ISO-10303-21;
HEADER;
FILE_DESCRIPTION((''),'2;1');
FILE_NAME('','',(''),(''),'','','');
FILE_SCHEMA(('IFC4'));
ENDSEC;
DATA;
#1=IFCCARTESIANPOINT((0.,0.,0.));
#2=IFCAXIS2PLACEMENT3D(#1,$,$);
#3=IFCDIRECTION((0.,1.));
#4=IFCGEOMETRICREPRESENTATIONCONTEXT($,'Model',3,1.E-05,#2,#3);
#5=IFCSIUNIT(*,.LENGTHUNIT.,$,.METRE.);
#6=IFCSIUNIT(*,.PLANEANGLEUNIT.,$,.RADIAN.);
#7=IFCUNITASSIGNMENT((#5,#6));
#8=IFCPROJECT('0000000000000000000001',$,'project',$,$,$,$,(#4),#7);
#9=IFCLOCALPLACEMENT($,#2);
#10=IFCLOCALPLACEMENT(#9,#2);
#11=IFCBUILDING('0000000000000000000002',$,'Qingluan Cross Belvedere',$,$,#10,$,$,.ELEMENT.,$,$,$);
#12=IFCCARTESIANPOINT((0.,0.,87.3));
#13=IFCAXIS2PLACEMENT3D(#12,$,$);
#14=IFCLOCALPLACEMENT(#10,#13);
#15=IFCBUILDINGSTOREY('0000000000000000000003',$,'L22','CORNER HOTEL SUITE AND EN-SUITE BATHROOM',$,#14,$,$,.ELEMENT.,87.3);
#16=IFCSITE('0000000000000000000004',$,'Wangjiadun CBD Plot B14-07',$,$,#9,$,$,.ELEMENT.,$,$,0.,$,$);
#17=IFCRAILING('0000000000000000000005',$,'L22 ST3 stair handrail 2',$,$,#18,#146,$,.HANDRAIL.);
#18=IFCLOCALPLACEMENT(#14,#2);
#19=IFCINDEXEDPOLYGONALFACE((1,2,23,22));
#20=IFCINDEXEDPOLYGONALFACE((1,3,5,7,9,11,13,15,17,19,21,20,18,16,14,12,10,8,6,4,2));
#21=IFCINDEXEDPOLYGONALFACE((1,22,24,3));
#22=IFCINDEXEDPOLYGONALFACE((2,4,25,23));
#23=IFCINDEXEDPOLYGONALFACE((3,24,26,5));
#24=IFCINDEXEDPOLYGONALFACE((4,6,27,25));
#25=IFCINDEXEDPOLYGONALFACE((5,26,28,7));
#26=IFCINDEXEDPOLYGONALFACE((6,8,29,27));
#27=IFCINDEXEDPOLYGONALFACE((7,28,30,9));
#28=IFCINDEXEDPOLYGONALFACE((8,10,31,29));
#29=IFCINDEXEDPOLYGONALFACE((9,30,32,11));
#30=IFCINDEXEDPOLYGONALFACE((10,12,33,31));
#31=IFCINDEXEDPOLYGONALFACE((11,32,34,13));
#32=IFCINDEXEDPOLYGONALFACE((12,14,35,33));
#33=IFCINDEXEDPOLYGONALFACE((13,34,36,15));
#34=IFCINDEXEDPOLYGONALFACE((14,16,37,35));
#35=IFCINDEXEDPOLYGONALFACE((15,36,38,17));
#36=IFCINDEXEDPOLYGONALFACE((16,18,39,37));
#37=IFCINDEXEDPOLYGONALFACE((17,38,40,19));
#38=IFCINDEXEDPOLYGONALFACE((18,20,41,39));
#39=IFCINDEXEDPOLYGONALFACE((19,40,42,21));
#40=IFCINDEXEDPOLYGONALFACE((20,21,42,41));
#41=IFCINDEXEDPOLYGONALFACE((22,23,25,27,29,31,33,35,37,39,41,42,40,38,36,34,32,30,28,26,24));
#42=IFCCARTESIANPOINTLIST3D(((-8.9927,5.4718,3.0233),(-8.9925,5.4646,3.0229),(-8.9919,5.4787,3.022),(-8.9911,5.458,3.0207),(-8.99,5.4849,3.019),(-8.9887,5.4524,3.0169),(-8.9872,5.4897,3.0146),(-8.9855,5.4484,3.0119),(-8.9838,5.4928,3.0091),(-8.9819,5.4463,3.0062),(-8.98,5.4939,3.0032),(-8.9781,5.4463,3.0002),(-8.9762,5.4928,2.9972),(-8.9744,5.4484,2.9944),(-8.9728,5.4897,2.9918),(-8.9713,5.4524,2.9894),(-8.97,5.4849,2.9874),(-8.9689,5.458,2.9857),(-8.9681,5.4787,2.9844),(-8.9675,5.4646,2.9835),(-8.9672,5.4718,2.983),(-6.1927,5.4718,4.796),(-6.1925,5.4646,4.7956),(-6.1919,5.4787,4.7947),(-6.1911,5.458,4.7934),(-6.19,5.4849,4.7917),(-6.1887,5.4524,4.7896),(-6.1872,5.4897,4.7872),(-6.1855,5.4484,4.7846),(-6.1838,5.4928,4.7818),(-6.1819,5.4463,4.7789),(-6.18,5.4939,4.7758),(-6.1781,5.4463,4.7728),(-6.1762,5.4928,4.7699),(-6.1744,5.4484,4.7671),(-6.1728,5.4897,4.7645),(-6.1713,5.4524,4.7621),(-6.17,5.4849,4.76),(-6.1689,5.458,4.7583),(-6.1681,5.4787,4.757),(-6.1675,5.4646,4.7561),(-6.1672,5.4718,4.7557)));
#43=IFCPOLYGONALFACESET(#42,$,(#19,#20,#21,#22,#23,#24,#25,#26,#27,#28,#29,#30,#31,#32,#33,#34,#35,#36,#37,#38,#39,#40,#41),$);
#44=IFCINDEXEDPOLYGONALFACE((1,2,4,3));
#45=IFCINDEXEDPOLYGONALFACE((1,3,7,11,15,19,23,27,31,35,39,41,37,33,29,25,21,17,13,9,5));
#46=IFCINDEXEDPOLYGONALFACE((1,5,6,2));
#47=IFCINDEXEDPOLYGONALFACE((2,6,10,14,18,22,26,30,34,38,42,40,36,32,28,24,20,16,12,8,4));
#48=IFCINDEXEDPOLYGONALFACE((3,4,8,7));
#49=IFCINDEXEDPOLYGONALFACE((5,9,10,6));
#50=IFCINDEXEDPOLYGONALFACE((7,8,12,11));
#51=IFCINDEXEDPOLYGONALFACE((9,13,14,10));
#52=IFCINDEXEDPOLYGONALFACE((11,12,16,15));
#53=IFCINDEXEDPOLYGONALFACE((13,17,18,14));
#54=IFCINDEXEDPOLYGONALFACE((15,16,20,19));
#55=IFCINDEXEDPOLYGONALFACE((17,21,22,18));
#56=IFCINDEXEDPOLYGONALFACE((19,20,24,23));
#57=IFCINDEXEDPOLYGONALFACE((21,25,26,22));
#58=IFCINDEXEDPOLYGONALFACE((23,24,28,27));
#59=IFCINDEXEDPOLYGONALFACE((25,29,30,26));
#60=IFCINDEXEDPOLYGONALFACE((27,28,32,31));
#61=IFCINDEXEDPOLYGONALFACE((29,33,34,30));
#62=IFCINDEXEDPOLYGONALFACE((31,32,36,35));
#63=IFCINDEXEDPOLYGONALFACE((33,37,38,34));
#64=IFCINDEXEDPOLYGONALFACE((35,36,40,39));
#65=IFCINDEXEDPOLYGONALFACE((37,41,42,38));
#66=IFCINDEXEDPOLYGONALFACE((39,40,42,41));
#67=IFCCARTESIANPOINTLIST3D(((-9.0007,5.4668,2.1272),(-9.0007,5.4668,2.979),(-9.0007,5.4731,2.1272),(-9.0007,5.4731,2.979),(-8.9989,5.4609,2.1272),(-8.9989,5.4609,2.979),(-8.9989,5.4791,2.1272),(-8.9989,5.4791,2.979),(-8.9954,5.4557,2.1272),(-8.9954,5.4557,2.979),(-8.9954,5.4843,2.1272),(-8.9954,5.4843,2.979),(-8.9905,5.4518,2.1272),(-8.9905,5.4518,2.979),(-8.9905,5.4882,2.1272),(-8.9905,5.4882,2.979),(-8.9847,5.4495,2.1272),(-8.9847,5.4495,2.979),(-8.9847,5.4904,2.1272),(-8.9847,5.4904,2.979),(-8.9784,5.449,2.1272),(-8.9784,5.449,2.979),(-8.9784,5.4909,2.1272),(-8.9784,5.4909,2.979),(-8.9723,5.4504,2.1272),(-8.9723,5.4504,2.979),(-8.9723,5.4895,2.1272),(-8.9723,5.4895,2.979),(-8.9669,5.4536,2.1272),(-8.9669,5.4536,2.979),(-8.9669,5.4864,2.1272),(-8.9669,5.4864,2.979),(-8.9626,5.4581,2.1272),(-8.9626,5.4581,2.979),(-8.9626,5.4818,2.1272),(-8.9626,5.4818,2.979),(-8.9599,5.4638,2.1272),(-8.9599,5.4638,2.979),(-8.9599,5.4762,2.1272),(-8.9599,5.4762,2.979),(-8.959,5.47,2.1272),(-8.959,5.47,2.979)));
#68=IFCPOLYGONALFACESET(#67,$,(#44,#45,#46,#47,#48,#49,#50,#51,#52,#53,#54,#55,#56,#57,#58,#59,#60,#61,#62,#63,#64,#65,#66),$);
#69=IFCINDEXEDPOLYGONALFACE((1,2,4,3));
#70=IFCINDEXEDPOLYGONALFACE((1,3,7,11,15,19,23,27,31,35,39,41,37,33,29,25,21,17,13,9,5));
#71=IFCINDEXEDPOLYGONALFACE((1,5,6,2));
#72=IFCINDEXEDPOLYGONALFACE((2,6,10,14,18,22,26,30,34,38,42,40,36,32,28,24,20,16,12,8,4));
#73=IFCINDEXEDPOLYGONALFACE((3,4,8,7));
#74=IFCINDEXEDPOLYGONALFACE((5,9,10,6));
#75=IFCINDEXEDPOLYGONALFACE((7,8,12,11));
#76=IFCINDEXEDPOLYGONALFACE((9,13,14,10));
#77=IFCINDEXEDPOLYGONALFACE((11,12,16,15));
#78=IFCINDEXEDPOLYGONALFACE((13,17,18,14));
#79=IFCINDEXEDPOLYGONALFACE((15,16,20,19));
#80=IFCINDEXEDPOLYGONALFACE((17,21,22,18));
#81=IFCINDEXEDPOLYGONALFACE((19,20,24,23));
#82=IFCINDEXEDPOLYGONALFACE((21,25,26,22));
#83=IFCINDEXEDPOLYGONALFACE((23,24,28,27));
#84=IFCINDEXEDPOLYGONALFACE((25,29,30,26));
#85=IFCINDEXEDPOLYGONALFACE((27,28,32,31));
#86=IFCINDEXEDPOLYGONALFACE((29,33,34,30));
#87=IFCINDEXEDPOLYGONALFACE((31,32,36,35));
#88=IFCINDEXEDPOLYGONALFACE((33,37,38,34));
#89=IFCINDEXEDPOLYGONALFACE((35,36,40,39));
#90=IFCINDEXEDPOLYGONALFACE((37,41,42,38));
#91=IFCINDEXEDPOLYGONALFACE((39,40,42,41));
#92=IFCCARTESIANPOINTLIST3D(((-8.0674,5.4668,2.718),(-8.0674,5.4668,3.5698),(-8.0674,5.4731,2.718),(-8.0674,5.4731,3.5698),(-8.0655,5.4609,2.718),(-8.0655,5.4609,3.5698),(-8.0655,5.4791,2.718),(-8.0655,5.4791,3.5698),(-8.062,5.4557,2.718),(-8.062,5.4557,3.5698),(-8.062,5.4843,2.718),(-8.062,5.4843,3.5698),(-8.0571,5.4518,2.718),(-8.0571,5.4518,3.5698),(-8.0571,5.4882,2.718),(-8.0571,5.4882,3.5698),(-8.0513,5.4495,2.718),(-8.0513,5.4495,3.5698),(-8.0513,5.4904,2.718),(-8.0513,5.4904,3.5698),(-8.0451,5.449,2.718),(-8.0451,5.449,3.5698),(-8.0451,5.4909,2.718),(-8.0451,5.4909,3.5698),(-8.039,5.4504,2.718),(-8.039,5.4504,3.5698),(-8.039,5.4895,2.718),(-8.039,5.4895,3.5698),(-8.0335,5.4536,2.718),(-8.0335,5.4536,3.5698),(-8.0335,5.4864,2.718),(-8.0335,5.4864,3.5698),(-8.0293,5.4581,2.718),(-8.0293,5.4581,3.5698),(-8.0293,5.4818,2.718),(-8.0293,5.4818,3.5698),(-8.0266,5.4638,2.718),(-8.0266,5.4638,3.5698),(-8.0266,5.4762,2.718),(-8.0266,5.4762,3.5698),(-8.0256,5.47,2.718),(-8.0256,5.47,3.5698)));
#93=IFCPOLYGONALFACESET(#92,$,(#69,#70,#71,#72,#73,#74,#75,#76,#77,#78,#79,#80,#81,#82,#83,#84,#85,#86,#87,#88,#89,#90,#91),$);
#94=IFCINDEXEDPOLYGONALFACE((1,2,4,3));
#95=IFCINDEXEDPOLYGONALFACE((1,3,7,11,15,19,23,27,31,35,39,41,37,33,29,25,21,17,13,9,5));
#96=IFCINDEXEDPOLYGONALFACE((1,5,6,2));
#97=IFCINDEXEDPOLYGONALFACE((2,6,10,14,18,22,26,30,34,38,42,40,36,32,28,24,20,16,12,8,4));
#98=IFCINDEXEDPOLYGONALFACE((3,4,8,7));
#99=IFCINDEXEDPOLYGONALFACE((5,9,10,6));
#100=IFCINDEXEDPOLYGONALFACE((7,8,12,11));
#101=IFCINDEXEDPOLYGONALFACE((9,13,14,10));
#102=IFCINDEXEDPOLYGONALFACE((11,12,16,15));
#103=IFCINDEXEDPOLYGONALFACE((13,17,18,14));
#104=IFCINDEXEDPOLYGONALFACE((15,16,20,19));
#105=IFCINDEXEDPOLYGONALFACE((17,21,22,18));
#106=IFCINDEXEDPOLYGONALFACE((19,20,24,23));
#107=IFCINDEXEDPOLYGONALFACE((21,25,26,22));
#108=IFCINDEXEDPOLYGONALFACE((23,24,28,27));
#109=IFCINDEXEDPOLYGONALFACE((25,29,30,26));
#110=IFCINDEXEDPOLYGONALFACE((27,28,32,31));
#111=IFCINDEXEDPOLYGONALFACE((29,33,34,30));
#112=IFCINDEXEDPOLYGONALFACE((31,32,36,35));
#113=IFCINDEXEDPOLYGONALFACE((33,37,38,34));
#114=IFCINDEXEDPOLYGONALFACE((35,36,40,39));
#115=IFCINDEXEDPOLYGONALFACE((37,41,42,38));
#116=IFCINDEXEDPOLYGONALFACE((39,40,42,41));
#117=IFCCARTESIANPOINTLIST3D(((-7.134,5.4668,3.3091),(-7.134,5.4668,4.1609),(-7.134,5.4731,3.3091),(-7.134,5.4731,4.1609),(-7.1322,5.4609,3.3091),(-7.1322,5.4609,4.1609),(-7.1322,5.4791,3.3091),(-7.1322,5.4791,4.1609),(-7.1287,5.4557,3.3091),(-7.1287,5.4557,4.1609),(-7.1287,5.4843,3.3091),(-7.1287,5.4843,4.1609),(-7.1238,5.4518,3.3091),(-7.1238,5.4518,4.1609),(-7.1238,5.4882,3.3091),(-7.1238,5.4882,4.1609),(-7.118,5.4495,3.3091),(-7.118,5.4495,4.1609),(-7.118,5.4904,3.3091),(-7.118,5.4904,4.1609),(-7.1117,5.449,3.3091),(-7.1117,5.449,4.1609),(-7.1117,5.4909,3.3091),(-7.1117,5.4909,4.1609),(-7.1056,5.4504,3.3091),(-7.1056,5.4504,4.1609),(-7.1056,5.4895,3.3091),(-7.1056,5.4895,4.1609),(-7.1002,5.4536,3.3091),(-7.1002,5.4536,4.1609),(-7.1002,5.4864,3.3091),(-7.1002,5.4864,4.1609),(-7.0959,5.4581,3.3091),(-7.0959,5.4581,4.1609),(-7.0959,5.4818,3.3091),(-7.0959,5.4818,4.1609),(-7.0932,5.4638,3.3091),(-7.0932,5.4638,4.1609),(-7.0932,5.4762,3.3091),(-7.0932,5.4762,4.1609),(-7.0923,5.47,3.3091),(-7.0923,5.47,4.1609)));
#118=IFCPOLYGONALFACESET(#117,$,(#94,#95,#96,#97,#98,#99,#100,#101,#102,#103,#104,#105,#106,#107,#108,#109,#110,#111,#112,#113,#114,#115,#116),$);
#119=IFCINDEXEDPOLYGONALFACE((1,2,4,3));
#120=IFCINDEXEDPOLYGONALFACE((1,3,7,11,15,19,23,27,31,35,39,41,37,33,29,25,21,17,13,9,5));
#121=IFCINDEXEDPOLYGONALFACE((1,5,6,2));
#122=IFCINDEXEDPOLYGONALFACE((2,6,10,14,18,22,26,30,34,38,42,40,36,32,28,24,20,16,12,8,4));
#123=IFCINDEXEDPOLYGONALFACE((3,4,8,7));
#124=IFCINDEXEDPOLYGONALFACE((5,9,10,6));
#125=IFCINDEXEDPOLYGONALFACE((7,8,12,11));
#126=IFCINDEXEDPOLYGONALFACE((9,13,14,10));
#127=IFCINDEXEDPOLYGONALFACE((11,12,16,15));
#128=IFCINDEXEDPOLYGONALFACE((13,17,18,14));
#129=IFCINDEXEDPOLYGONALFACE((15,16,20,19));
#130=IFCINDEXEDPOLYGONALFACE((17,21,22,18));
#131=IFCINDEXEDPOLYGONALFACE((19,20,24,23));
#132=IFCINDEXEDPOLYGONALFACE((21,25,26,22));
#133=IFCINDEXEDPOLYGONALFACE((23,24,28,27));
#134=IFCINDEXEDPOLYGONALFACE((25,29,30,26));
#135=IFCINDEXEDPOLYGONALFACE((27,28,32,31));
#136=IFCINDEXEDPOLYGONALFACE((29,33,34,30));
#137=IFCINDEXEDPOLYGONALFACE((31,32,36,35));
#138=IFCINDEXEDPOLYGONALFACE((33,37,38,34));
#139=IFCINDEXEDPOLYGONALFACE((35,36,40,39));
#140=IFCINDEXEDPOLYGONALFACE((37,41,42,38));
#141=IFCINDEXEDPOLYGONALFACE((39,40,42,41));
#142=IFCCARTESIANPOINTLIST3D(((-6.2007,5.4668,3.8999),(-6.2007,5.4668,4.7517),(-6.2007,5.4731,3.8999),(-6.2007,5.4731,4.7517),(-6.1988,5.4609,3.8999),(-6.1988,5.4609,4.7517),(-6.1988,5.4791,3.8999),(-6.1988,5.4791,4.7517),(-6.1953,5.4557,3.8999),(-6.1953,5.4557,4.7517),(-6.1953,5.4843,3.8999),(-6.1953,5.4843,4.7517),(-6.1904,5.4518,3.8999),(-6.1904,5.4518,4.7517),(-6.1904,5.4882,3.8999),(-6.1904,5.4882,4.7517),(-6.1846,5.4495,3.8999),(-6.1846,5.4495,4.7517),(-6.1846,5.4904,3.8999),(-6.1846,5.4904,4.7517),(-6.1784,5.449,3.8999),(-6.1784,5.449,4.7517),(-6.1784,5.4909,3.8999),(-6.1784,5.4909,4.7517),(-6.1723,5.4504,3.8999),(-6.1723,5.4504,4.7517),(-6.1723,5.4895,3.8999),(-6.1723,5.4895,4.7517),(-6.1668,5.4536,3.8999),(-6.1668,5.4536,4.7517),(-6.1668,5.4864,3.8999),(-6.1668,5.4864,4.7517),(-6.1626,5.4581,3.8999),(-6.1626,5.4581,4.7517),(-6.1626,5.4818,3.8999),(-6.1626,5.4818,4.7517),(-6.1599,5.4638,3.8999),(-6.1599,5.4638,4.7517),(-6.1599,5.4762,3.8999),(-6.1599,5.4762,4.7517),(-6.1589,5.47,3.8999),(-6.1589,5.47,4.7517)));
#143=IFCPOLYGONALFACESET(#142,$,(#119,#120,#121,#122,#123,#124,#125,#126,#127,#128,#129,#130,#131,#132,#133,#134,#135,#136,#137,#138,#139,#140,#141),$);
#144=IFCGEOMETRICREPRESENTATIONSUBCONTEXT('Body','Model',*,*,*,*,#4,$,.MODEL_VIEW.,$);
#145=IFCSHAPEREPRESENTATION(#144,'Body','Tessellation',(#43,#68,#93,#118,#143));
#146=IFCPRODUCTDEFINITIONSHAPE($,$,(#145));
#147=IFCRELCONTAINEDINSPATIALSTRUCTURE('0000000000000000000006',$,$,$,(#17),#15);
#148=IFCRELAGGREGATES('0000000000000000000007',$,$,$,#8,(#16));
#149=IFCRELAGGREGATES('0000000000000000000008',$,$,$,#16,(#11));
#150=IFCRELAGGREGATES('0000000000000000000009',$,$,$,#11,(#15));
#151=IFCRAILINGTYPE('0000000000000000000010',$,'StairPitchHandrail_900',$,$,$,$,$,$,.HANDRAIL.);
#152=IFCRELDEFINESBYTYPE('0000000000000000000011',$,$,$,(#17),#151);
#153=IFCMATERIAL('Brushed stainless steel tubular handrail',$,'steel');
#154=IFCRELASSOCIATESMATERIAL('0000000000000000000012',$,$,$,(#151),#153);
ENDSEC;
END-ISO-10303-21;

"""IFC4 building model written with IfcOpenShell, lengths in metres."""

from ifc_helpers import new_model, si_unit, direction, frame, origin, origin_2d, place, context, subcontext, project, spatial, circle, extrude, material, type_object, element, save


model = new_model("IFC4")

# Units and contexts
model_context = context("Model", 3, precision=1e-05, world=origin(), true_north=direction((0.0, 1.0)))
body_context = subcontext(model_context, "Body", "Model", "MODEL_VIEW")
ifc_project = project(units=[si_unit("LENGTHUNIT", "METRE"), si_unit("PLANEANGLEUNIT", "RADIAN")], contexts=[model_context])

# Site, building, storey
site_placement = place(None, origin())
site = spatial("IfcSite", under=ifc_project, at=site_placement, Name="Wangjiadun CBD Plot B14-07", CompositionType="ELEMENT", RefElevation=0.0)
building_placement = place(site_placement, origin())
building = spatial("IfcBuilding", under=site, at=building_placement, Name="Qingluan Cross Belvedere", CompositionType="ELEMENT")
storey_placement = place(building_placement, frame((0.0, 0.0, 87.3)))
storey = spatial("IfcBuildingStorey", under=building, at=storey_placement, Name="L22", Description="CORNER HOTEL SUITE AND EN-SUITE BATHROOM", CompositionType="ELEMENT", Elevation=87.3)

# Railing
ifc_material_1 = material(Name="Brushed stainless steel tubular handrail", Category="steel")
railing_type_1 = type_object("IfcRailingType", Name="StairPitchHandrail_900", PredefinedType="HANDRAIL", material=ifc_material_1)
railing_1_placement = place(storey_placement, frame((-8.98, 5.47, 2.1272)))
element("IfcRailing", 1, at=railing_1_placement, inside=storey, type_object=railing_type_1, Name="L22 ST3 stair handrail 2", PredefinedType="HANDRAIL", context=body_context, shape_type="SweptSolid", body=[
    extrude(circle(Radius=0.0239, at=origin_2d()), frame((0.0, 0.0, 0.876), z_axis=(0.844909, 0.0, 0.53491), x_axis=(0.0, 1.0, 0.0)), (0.0, 0.0, 1.0), 3.314),
    extrude(circle(Radius=0.021, at=origin_2d()), origin(), (0.0, 0.0, 1.0), 0.8518),
    extrude(circle(Radius=0.021, at=origin_2d()), frame((0.9333, 0.0, 0.5908)), (0.0, 0.0, 1.0), 0.8518),
    extrude(circle(Radius=0.021, at=origin_2d()), frame((1.8667, 0.0, 1.1819)), (0.0, 0.0, 1.0), 0.8518),
    extrude(circle(Radius=0.021, at=origin_2d()), frame((2.8, 0.0, 1.7727)), (0.0, 0.0, 1.0), 0.8518),
])

save(model, "model.ifc")
